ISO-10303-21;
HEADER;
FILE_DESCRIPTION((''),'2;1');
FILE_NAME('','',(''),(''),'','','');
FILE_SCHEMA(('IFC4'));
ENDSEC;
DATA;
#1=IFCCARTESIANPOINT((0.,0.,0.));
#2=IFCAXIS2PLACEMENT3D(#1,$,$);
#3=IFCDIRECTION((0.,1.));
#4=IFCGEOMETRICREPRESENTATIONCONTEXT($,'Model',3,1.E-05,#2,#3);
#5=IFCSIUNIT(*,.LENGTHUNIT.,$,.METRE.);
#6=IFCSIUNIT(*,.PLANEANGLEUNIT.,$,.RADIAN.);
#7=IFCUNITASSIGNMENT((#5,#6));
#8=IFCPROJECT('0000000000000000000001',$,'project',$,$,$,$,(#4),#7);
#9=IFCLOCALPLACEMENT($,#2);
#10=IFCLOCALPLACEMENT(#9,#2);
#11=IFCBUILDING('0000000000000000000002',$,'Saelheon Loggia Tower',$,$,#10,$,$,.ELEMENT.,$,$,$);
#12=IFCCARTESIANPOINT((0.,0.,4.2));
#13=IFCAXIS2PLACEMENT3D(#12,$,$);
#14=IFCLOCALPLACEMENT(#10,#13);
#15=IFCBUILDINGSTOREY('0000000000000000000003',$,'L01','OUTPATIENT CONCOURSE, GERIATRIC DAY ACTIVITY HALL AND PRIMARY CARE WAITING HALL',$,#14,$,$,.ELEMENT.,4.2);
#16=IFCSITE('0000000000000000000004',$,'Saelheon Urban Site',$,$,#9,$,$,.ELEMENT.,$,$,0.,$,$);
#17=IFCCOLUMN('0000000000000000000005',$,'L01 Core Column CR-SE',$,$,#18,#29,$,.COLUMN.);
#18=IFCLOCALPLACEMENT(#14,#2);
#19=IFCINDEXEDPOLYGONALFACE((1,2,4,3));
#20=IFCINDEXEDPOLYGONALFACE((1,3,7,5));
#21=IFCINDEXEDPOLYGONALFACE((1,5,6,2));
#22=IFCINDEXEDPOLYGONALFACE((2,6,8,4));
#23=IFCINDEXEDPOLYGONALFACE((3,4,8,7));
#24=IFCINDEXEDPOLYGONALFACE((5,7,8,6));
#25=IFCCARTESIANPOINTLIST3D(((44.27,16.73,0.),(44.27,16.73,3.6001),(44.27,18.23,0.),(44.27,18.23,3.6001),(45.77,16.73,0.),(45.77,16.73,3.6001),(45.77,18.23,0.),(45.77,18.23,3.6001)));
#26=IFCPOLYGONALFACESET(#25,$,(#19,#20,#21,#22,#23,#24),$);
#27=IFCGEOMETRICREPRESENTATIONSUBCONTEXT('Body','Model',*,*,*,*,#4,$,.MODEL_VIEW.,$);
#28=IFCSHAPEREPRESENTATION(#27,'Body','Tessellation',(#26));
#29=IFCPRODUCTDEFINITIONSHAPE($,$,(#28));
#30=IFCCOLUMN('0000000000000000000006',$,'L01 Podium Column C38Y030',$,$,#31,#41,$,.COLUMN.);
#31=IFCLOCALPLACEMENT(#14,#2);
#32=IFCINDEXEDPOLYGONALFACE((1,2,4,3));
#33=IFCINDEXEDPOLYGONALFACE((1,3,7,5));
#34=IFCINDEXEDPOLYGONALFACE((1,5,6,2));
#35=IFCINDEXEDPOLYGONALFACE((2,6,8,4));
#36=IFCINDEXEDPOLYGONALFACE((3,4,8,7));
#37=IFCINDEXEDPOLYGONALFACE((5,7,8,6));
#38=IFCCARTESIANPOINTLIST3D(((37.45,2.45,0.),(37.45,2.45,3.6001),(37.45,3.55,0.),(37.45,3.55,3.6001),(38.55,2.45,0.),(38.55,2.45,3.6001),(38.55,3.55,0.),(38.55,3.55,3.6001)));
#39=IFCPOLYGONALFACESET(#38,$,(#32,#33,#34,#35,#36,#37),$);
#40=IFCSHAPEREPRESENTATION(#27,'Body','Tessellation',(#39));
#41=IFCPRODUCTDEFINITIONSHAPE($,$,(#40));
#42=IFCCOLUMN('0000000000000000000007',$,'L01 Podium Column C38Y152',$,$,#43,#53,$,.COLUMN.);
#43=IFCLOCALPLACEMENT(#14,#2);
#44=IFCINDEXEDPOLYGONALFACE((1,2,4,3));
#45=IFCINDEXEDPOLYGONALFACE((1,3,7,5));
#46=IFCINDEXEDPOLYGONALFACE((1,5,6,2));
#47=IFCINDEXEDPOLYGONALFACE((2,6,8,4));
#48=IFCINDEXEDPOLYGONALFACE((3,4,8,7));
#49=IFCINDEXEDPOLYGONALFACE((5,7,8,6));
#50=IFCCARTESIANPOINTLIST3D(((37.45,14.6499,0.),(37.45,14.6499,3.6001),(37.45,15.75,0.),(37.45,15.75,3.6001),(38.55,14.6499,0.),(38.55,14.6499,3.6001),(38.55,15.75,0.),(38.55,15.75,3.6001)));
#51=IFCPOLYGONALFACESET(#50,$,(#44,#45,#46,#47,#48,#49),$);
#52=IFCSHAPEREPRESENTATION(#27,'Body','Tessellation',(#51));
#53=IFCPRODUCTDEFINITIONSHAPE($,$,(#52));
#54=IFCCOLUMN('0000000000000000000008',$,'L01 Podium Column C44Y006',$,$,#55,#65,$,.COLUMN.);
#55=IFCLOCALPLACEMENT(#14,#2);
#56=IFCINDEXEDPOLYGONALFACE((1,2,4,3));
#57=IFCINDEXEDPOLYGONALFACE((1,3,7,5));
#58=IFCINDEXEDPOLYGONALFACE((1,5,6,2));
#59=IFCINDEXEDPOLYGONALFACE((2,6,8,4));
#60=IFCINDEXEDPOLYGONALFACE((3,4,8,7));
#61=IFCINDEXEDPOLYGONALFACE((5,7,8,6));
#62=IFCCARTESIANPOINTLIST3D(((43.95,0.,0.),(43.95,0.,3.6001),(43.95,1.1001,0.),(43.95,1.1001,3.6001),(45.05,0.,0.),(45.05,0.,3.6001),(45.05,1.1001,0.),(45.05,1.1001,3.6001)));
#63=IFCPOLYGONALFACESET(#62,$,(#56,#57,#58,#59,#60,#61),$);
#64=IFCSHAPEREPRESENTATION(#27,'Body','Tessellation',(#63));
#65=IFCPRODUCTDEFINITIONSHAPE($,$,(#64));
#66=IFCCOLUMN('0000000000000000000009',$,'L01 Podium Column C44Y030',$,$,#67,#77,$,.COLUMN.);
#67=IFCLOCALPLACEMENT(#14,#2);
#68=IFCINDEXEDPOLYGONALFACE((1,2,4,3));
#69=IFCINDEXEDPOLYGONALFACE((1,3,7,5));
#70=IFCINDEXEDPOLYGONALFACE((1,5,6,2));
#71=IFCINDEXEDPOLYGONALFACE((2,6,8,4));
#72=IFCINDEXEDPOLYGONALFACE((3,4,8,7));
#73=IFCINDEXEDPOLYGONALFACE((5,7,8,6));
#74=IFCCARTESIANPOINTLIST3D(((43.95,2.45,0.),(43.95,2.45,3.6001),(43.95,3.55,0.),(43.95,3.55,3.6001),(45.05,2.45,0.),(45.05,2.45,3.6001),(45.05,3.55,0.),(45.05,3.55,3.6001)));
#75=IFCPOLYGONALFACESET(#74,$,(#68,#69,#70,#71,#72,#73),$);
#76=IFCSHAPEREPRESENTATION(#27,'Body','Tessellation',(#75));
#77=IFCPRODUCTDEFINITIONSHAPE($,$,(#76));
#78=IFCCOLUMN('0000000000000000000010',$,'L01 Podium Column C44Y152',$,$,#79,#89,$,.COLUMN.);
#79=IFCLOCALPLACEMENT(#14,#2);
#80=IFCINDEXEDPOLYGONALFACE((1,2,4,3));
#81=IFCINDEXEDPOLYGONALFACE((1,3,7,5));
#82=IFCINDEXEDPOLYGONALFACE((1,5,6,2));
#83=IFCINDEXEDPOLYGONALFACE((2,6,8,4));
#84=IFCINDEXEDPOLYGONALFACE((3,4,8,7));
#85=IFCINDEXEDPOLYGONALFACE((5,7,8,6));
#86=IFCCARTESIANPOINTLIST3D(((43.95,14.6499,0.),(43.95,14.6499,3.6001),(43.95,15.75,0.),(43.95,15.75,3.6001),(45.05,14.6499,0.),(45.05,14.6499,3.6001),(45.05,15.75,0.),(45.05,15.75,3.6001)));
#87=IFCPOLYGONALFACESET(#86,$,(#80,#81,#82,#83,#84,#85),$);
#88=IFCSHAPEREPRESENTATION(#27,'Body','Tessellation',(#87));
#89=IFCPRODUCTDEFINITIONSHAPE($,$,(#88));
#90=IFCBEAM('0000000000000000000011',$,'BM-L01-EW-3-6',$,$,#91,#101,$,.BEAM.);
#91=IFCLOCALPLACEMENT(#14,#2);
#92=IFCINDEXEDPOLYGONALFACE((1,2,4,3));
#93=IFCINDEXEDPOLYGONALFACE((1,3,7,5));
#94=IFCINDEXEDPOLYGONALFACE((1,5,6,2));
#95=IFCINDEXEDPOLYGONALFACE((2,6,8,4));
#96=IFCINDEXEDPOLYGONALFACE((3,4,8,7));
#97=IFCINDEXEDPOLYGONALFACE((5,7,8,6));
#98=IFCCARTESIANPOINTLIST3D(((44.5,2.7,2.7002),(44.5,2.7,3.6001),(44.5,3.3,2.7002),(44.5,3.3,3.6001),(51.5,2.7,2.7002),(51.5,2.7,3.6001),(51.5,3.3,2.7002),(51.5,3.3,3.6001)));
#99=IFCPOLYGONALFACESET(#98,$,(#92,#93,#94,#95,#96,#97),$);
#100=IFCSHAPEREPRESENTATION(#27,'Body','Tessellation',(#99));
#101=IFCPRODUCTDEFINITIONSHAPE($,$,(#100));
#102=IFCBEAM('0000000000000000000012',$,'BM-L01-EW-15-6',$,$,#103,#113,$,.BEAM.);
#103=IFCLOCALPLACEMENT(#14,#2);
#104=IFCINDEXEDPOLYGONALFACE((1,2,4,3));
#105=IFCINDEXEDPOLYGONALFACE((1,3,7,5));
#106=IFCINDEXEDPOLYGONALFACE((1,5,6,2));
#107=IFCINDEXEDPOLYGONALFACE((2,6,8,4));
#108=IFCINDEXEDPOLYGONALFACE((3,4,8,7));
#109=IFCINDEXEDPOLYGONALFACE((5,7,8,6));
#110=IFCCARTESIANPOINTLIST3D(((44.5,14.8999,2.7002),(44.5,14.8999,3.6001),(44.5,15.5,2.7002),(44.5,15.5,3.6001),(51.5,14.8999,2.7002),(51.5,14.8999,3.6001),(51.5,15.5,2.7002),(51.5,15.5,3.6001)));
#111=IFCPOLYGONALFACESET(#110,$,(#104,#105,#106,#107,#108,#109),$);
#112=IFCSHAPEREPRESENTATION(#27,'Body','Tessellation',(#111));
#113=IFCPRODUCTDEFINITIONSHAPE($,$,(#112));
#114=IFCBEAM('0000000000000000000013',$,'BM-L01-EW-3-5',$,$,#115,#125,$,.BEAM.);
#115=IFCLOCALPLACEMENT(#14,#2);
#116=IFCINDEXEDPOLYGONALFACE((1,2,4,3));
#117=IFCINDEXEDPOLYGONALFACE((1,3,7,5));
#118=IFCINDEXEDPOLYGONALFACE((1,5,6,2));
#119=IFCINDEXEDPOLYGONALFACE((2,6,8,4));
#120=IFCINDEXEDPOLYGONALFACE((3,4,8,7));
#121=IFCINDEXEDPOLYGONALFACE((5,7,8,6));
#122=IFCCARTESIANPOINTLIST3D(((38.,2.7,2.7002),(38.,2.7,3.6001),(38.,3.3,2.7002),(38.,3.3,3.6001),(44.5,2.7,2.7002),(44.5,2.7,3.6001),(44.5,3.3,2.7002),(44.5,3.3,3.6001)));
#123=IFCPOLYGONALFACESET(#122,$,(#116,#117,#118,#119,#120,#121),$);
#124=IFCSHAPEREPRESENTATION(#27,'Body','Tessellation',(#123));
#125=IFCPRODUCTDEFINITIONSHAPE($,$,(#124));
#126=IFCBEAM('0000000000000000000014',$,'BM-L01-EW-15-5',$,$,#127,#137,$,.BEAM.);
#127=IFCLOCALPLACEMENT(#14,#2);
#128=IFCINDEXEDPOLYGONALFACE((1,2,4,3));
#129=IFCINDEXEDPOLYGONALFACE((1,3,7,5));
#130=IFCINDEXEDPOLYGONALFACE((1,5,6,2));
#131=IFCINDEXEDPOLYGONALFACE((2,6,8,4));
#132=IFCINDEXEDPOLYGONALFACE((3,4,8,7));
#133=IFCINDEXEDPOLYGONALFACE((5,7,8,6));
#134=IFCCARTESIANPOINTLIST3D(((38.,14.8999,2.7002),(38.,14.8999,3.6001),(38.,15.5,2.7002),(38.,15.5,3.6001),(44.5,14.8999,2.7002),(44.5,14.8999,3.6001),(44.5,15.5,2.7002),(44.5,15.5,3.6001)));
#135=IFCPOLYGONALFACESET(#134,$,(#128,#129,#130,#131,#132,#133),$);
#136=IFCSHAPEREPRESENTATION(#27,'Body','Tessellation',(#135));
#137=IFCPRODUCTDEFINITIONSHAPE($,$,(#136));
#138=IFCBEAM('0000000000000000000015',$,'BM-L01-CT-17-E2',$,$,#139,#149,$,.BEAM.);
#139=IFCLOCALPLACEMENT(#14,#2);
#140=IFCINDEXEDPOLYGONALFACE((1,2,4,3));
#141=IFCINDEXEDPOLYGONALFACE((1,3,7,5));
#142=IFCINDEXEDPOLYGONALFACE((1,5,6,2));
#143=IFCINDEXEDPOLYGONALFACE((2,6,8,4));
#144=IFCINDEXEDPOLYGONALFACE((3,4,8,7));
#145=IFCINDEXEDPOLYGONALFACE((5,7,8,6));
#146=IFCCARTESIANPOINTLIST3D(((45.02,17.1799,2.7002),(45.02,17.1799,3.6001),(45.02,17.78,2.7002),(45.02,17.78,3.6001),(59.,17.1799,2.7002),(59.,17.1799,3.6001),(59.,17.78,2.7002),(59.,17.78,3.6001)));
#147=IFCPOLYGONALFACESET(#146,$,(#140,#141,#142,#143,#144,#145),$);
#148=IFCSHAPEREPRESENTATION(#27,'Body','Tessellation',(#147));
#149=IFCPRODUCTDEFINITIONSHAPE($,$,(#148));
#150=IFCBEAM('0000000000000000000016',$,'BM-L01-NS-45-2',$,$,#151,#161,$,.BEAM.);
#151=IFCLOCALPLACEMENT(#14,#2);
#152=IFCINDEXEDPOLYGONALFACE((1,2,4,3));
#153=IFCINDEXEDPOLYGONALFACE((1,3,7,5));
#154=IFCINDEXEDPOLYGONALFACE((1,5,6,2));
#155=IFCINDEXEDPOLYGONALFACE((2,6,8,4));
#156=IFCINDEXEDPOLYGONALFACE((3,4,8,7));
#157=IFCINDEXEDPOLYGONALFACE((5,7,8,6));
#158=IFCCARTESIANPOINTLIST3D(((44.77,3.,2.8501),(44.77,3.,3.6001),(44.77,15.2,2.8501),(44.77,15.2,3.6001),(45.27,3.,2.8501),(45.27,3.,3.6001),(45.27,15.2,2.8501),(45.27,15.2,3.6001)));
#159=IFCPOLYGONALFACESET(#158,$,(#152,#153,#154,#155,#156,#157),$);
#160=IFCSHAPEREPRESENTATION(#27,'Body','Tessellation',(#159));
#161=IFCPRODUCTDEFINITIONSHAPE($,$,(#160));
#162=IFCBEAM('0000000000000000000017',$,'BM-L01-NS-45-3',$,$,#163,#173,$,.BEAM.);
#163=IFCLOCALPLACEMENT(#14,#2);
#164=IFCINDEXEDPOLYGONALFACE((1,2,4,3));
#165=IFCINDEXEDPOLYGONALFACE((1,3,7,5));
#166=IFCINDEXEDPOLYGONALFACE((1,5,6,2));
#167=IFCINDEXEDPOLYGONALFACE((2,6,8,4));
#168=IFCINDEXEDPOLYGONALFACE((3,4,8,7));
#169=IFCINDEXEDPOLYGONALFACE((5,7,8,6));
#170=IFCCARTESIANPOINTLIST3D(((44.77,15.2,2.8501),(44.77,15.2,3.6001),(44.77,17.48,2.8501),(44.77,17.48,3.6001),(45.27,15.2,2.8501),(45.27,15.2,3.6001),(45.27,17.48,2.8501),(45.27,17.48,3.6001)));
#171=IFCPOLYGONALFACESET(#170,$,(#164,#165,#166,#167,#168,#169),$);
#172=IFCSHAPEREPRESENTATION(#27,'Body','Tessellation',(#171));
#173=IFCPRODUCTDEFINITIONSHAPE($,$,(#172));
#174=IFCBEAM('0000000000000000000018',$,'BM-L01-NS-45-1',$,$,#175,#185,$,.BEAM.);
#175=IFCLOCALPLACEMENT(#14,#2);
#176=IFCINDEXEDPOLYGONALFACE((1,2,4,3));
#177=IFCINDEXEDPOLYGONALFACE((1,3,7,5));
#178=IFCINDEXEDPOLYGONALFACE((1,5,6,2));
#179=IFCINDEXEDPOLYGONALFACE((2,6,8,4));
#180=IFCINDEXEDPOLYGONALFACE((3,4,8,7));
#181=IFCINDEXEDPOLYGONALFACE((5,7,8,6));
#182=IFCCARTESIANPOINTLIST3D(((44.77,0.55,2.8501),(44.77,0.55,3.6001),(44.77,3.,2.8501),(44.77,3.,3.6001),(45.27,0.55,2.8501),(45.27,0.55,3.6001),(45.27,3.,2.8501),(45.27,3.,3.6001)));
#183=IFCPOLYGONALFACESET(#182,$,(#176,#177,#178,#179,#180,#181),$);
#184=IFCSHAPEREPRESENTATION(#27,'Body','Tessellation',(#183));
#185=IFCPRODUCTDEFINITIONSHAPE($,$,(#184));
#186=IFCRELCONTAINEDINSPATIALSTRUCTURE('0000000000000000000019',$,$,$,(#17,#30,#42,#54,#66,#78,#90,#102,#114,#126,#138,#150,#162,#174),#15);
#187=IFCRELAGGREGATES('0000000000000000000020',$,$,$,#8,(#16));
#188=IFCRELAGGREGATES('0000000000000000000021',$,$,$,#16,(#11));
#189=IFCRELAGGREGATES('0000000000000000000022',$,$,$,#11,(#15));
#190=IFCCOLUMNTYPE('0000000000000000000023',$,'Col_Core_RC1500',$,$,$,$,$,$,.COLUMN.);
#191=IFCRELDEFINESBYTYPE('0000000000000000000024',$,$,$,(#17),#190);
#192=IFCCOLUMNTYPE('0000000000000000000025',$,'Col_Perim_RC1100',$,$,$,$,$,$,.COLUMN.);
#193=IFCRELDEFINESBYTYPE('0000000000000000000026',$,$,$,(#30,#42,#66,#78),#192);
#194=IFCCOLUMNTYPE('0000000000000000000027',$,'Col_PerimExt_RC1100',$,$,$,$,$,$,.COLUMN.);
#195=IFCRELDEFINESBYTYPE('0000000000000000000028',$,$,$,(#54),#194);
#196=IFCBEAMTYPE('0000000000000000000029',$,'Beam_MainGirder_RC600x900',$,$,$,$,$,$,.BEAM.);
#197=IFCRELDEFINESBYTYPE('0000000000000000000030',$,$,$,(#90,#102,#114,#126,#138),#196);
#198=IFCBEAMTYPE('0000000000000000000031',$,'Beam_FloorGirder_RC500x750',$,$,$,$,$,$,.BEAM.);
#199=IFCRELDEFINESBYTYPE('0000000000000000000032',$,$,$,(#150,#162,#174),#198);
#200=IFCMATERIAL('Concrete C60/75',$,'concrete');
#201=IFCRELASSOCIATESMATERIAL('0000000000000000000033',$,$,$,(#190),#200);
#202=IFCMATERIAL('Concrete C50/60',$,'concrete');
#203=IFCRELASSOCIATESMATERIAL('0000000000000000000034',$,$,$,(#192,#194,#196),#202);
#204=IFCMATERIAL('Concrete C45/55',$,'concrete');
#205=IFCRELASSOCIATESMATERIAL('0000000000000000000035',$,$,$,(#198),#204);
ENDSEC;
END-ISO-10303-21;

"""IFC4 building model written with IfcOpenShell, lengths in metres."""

from ifc_helpers import new_model, si_unit, direction, frame, origin, origin_2d, place, context, subcontext, project, spatial, rectangle, extrude, source, transform, mapped, material, material_profile, profile_set, type_object, element, save


model = new_model("IFC4")

# Units and contexts
model_context = context("Model", 3, precision=1e-05, world=origin(), true_north=direction((0.0, 1.0)))
body_context = subcontext(model_context, "Body", "Model", "MODEL_VIEW")
ifc_project = project(units=[si_unit("LENGTHUNIT", "METRE"), si_unit("PLANEANGLEUNIT", "RADIAN")], contexts=[model_context])

# Site, building, storey
site_placement = place(None, origin())
site = spatial("IfcSite", under=ifc_project, at=site_placement, Name="Saelheon Urban Site", CompositionType="ELEMENT", RefElevation=0.0)
building_placement = place(site_placement, origin())
building = spatial("IfcBuilding", under=site, at=building_placement, Name="Saelheon Loggia Tower", CompositionType="ELEMENT")
storey_placement = place(building_placement, frame((0.0, 0.0, 4.2)))
storey = spatial("IfcBuildingStorey", under=building, at=storey_placement, Name="L01", Description="OUTPATIENT CONCOURSE, GERIATRIC DAY ACTIVITY HALL AND PRIMARY CARE WAITING HALL", CompositionType="ELEMENT", Elevation=4.2)

# Columns
ifc_material_1 = material(Name="Concrete C60/75", Category="concrete")
ifc_material_profile_1 = material_profile(ifc_material_1, rectangle(XDim=1.5, YDim=1.5, at=origin_2d()), Name="RC-1500x1500")
ifc_profile_set_1 = profile_set([ifc_material_profile_1], Name="Concrete C60/75")
column_type_1 = type_object("IfcColumnType", Name="Col_Core_RC1500", PredefinedType="COLUMN", material=ifc_profile_set_1)
shared_shape_1 = source(origin(), body_context, "Body", "SweptSolid", [
    extrude(rectangle(XDim=1.5, YDim=1.5, at=origin_2d()), origin(), (0.0, 0.0, 1.0), 3.6001),
])
column_1_placement = place(storey_placement, frame((45.02, 17.48, 0.0), z_axis=(0.0, 0.0, 1.0), x_axis=(1.0, 0.0, 0.0)))
element("IfcColumn", 1, at=column_1_placement, inside=storey, type_object=column_type_1, Name="L01 Core Column CR-SE", PredefinedType="COLUMN", context=body_context, shape_type="MappedRepresentation", body=[
    mapped(shared_shape_1, transform((0.0, 0.0, 0.0), scale=1.0)),
])
ifc_material_2 = material(Name="Concrete C50/60", Category="concrete")
ifc_material_profile_2 = material_profile(ifc_material_2, rectangle(XDim=1.1001, YDim=1.1001, at=origin_2d()), Name="RC-1100x1100")
ifc_profile_set_2 = profile_set([ifc_material_profile_2], Name="Concrete C50/60")
column_type_2 = type_object("IfcColumnType", Name="Col_Perim_RC1100", PredefinedType="COLUMN", material=ifc_profile_set_2)
shared_shape_2 = source(origin(), body_context, "Body", "SweptSolid", [
    extrude(rectangle(XDim=1.1001, YDim=1.1001, at=origin_2d()), origin(), (0.0, 0.0, 1.0), 3.6001),
])
for number, where, z_axis, x_axis, name in (
    (2, (38.0, 3.0, 0.0), (0.0, 0.0, 1.0), (1.0, 0.0, 0.0), "L01 Podium Column C38Y030"),
    (3, (38.0, 15.2, 0.0), (0.0, 0.0, 1.0), (1.0, 0.0, 0.0), "L01 Podium Column C38Y152"),
):
    element("IfcColumn", number, at=place(storey_placement, frame(where, z_axis=z_axis, x_axis=x_axis)), inside=storey, type_object=column_type_2, Name=name, PredefinedType="COLUMN", context=body_context, shape_type="MappedRepresentation", body=[
        mapped(shared_shape_2, transform((0.0, 0.0, 0.0), scale=1.0)),
    ])
ifc_material_profile_3 = material_profile(ifc_material_2, rectangle(XDim=1.1001, YDim=1.1001, at=origin_2d()), Name="RC-1100x1100")
ifc_profile_set_3 = profile_set([ifc_material_profile_3], Name="Concrete C50/60")
column_type_3 = type_object("IfcColumnType", Name="Col_PerimExt_RC1100", PredefinedType="COLUMN", material=ifc_profile_set_3)
column_2_placement = place(storey_placement, frame((44.5, 0.55, 0.0), z_axis=(0.0, 0.0, 1.0), x_axis=(1.0, 0.0, 0.0)))
element("IfcColumn", 4, at=column_2_placement, inside=storey, type_object=column_type_3, Name="L01 Podium Column C44Y006", PredefinedType="COLUMN", context=body_context, shape_type="MappedRepresentation", body=[
    mapped(shared_shape_2, transform((0.0, 0.0, 0.0), scale=1.0)),
])
for number, where, z_axis, x_axis, name in (
    (5, (44.5, 3.0, 0.0), (0.0, 0.0, 1.0), (1.0, 0.0, 0.0), "L01 Podium Column C44Y030"),
    (6, (44.5, 15.2, 0.0), (0.0, 0.0, 1.0), (1.0, 0.0, 0.0), "L01 Podium Column C44Y152"),
):
    element("IfcColumn", number, at=place(storey_placement, frame(where, z_axis=z_axis, x_axis=x_axis)), inside=storey, type_object=column_type_2, Name=name, PredefinedType="COLUMN", context=body_context, shape_type="MappedRepresentation", body=[
        mapped(shared_shape_2, transform((0.0, 0.0, 0.0), scale=1.0)),
    ])

# Beams
ifc_material_profile_4 = material_profile(ifc_material_2, rectangle(XDim=0.6001, YDim=0.8999, at=origin_2d()), Name="RC-600x900")
ifc_profile_set_4 = profile_set([ifc_material_profile_4], Name="Concrete C50/60")
beam_type_1 = type_object("IfcBeamType", Name="Beam_MainGirder_RC600x900", PredefinedType="BEAM", material=ifc_profile_set_4)
shared_shape_3 = source(origin(), body_context, "Body", "SweptSolid", [
    extrude(rectangle(XDim=0.6001, YDim=0.8999, at=origin_2d()), origin(), (0.0, 0.0, 1.0), 7.0),
])
for number, where, z_axis, x_axis, name in (
    (7, (44.5, 3.0, 3.1501), (1.0, 0.0, 0.0), (0.0, 1.0, 0.0), "BM-L01-EW-3-6"),
    (8, (44.5, 15.2, 3.1501), (1.0, 0.0, 0.0), (0.0, 1.0, 0.0), "BM-L01-EW-15-6"),
):
    element("IfcBeam", number, at=place(storey_placement, frame(where, z_axis=z_axis, x_axis=x_axis)), inside=storey, type_object=beam_type_1, Name=name, PredefinedType="BEAM", context=body_context, shape_type="MappedRepresentation", body=[
        mapped(shared_shape_3, transform((0.0, 0.0, 0.0), scale=1.0)),
    ])
shared_shape_4 = source(origin(), body_context, "Body", "SweptSolid", [
    extrude(rectangle(XDim=0.6001, YDim=0.8999, at=origin_2d()), origin(), (0.0, 0.0, 1.0), 6.5),
])
for number, where, z_axis, x_axis, name in (
    (9, (38.0, 3.0, 3.1501), (1.0, 0.0, 0.0), (0.0, 1.0, 0.0), "BM-L01-EW-3-5"),
    (10, (38.0, 15.2, 3.1501), (1.0, 0.0, 0.0), (0.0, 1.0, 0.0), "BM-L01-EW-15-5"),
):
    element("IfcBeam", number, at=place(storey_placement, frame(where, z_axis=z_axis, x_axis=x_axis)), inside=storey, type_object=beam_type_1, Name=name, PredefinedType="BEAM", context=body_context, shape_type="MappedRepresentation", body=[
        mapped(shared_shape_4, transform((0.0, 0.0, 0.0), scale=1.0)),
    ])
shared_shape_5 = source(origin(), body_context, "Body", "SweptSolid", [
    extrude(rectangle(XDim=0.6001, YDim=0.8999, at=origin_2d()), origin(), (0.0, 0.0, 1.0), 13.98),
])
beam_1_placement = place(storey_placement, frame((45.02, 17.48, 3.1501), z_axis=(1.0, 0.0, 0.0), x_axis=(0.0, 1.0, 0.0)))
element("IfcBeam", 11, at=beam_1_placement, inside=storey, type_object=beam_type_1, Name="BM-L01-CT-17-E2", PredefinedType="BEAM", context=body_context, shape_type="MappedRepresentation", body=[
    mapped(shared_shape_5, transform((0.0, 0.0, 0.0), scale=1.0)),
])
ifc_material_3 = material(Name="Concrete C45/55", Category="concrete")
ifc_material_profile_5 = material_profile(ifc_material_3, rectangle(XDim=0.5, YDim=0.75, at=origin_2d()), Name="RC-500x750")
ifc_profile_set_5 = profile_set([ifc_material_profile_5], Name="Concrete C45/55")
beam_type_2 = type_object("IfcBeamType", Name="Beam_FloorGirder_RC500x750", PredefinedType="BEAM", material=ifc_profile_set_5)
shared_shape_6 = source(origin(), body_context, "Body", "SweptSolid", [
    extrude(rectangle(XDim=0.5, YDim=0.75, at=origin_2d()), origin(), (0.0, 0.0, 1.0), 12.2),
])
beam_2_placement = place(storey_placement, frame((45.02, 3.0, 3.2251), z_axis=(0.0, 1.0, 0.0), x_axis=(-1.0, 0.0, 0.0)))
element("IfcBeam", 12, at=beam_2_placement, inside=storey, type_object=beam_type_2, Name="BM-L01-NS-45-2", PredefinedType="BEAM", context=body_context, shape_type="MappedRepresentation", body=[
    mapped(shared_shape_6, transform((0.0, 0.0, 0.0), scale=1.0)),
])
shared_shape_7 = source(origin(), body_context, "Body", "SweptSolid", [
    extrude(rectangle(XDim=0.5, YDim=0.75, at=origin_2d()), origin(), (0.0, 0.0, 1.0), 2.28),
])
beam_3_placement = place(storey_placement, frame((45.02, 15.2, 3.2251), z_axis=(0.0, 1.0, 0.0), x_axis=(-1.0, 0.0, 0.0)))
element("IfcBeam", 13, at=beam_3_placement, inside=storey, type_object=beam_type_2, Name="BM-L01-NS-45-3", PredefinedType="BEAM", context=body_context, shape_type="MappedRepresentation", body=[
    mapped(shared_shape_7, transform((0.0, 0.0, 0.0), scale=1.0)),
])
shared_shape_8 = source(origin(), body_context, "Body", "SweptSolid", [
    extrude(rectangle(XDim=0.5, YDim=0.75, at=origin_2d()), origin(), (0.0, 0.0, 1.0), 2.45),
])
beam_4_placement = place(storey_placement, frame((45.02, 0.55, 3.2251), z_axis=(0.0, 1.0, 0.0), x_axis=(-1.0, 0.0, 0.0)))
element("IfcBeam", 14, at=beam_4_placement, inside=storey, type_object=beam_type_2, Name="BM-L01-NS-45-1", PredefinedType="BEAM", context=body_context, shape_type="MappedRepresentation", body=[
    mapped(shared_shape_8, transform((0.0, 0.0, 0.0), scale=1.0)),
])

save(model, "model.ifc")
